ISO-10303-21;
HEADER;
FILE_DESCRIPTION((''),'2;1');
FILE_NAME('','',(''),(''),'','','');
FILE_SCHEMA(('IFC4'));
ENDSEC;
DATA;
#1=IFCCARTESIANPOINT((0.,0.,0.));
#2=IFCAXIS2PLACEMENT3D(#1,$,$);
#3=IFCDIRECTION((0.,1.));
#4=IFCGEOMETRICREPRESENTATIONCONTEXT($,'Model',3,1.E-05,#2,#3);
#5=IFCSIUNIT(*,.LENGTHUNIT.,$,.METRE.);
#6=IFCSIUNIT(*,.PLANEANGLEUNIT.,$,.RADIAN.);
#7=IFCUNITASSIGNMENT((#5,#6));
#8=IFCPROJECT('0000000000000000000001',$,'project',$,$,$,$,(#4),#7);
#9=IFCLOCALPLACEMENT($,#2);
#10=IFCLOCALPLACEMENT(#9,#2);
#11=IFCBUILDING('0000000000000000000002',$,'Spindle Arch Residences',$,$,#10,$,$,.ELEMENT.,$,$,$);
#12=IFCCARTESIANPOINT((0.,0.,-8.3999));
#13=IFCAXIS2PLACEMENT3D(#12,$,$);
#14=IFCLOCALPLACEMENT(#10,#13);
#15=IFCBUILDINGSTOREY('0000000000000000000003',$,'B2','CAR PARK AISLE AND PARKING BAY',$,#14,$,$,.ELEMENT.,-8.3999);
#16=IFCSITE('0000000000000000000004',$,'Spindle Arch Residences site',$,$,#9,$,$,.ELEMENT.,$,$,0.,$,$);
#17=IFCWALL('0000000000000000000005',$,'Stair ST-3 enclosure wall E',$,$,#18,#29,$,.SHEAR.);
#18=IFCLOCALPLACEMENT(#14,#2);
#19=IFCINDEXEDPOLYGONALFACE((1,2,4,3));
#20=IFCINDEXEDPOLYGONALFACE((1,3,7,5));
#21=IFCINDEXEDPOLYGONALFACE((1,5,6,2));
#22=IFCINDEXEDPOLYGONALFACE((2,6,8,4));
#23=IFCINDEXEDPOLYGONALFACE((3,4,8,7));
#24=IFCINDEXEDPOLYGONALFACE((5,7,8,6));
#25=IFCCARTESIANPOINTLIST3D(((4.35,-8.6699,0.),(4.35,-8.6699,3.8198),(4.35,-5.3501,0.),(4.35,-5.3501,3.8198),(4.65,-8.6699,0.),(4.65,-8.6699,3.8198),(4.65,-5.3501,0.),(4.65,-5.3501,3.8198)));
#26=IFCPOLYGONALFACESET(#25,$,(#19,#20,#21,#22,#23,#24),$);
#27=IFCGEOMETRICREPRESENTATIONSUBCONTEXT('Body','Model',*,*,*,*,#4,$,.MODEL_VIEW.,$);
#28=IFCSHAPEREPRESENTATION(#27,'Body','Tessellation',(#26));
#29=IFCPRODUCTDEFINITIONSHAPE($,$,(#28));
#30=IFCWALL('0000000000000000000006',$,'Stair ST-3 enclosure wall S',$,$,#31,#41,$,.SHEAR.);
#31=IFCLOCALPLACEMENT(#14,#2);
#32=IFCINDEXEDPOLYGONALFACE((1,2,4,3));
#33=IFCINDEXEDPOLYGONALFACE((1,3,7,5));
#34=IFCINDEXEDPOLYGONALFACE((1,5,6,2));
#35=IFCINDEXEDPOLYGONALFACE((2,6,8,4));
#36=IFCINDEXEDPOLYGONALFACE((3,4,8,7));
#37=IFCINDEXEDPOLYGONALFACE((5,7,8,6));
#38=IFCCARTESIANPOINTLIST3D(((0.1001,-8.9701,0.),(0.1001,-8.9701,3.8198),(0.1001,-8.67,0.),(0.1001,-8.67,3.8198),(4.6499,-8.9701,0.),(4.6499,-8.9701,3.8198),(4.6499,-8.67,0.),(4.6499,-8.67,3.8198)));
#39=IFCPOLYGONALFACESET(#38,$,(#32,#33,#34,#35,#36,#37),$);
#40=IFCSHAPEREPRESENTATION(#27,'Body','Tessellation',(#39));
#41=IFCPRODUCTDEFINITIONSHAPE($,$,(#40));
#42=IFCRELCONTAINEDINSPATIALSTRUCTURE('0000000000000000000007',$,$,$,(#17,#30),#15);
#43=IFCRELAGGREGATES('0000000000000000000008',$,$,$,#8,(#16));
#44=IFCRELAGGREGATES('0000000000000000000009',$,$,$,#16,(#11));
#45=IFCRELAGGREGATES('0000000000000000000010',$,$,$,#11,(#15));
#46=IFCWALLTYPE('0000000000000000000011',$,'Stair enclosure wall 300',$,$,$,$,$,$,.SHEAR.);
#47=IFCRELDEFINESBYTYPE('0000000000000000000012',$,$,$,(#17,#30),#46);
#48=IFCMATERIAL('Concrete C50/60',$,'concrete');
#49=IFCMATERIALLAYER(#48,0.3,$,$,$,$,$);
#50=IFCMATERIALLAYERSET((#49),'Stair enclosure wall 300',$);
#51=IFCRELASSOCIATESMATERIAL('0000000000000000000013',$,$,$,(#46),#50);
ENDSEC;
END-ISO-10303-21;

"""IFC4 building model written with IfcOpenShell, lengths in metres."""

from ifc_helpers import new_model, si_unit, direction, frame, frame_2d, origin, place, context, subcontext, project, spatial, rectangle, extrude, material, layer, layer_set, type_object, element, save


model = new_model("IFC4")

# Units and contexts
model_context = context("Model", 3, precision=1e-05, world=origin(), true_north=direction((0.0, 1.0)))
body_context = subcontext(model_context, "Body", "Model", "MODEL_VIEW")
ifc_project = project(units=[si_unit("LENGTHUNIT", "METRE"), si_unit("PLANEANGLEUNIT", "RADIAN")], contexts=[model_context])

# Site, building, storey
site_placement = place(None, origin())
site = spatial("IfcSite", under=ifc_project, at=site_placement, Name="Spindle Arch Residences site", CompositionType="ELEMENT", RefElevation=0.0)
building_placement = place(site_placement, origin())
building = spatial("IfcBuilding", under=site, at=building_placement, Name="Spindle Arch Residences", CompositionType="ELEMENT")
storey_placement = place(building_placement, frame((0.0, 0.0, -8.3999)))
storey = spatial("IfcBuildingStorey", under=building, at=storey_placement, Name="B2", Description="CAR PARK AISLE AND PARKING BAY", CompositionType="ELEMENT", Elevation=-8.3999)

# Walls
ifc_material_1 = material(Name="Concrete C50/60", Category="concrete")
ifc_layer_1 = layer(ifc_material_1, 0.3)
ifc_layer_set_1 = layer_set([ifc_layer_1], Name="Stair enclosure wall 300")
wall_type_1 = type_object("IfcWallType", Name="Stair enclosure wall 300", PredefinedType="SHEAR", material=ifc_layer_set_1)
wall_1_placement = place(storey_placement, frame((4.5, -8.6699, 0.0), z_axis=(0.0, 0.0, 1.0), x_axis=(0.0, 1.0, 0.0)))
element("IfcWall", 1, at=wall_1_placement, inside=storey, type_object=wall_type_1, Name="Stair ST-3 enclosure wall E", PredefinedType="SHEAR", context=body_context, shape_type="SweptSolid", body=[
    extrude(rectangle(XDim=3.3198, YDim=0.3, at=frame_2d((1.6599, 0.0))), origin(), (0.0, 0.0, 1.0), 3.8198),
])
wall_2_placement = place(storey_placement, frame((0.1001, -8.8201, 0.0), z_axis=(0.0, 0.0, 1.0), x_axis=(1.0, 0.0, 0.0)))
element("IfcWall", 2, at=wall_2_placement, inside=storey, type_object=wall_type_1, Name="Stair ST-3 enclosure wall S", PredefinedType="SHEAR", context=body_context, shape_type="SweptSolid", body=[
    extrude(rectangle(XDim=4.5498, YDim=0.3, at=frame_2d((2.2749, 0.0))), origin(), (0.0, 0.0, 1.0), 3.8198),
])

save(model, "model.ifc")
